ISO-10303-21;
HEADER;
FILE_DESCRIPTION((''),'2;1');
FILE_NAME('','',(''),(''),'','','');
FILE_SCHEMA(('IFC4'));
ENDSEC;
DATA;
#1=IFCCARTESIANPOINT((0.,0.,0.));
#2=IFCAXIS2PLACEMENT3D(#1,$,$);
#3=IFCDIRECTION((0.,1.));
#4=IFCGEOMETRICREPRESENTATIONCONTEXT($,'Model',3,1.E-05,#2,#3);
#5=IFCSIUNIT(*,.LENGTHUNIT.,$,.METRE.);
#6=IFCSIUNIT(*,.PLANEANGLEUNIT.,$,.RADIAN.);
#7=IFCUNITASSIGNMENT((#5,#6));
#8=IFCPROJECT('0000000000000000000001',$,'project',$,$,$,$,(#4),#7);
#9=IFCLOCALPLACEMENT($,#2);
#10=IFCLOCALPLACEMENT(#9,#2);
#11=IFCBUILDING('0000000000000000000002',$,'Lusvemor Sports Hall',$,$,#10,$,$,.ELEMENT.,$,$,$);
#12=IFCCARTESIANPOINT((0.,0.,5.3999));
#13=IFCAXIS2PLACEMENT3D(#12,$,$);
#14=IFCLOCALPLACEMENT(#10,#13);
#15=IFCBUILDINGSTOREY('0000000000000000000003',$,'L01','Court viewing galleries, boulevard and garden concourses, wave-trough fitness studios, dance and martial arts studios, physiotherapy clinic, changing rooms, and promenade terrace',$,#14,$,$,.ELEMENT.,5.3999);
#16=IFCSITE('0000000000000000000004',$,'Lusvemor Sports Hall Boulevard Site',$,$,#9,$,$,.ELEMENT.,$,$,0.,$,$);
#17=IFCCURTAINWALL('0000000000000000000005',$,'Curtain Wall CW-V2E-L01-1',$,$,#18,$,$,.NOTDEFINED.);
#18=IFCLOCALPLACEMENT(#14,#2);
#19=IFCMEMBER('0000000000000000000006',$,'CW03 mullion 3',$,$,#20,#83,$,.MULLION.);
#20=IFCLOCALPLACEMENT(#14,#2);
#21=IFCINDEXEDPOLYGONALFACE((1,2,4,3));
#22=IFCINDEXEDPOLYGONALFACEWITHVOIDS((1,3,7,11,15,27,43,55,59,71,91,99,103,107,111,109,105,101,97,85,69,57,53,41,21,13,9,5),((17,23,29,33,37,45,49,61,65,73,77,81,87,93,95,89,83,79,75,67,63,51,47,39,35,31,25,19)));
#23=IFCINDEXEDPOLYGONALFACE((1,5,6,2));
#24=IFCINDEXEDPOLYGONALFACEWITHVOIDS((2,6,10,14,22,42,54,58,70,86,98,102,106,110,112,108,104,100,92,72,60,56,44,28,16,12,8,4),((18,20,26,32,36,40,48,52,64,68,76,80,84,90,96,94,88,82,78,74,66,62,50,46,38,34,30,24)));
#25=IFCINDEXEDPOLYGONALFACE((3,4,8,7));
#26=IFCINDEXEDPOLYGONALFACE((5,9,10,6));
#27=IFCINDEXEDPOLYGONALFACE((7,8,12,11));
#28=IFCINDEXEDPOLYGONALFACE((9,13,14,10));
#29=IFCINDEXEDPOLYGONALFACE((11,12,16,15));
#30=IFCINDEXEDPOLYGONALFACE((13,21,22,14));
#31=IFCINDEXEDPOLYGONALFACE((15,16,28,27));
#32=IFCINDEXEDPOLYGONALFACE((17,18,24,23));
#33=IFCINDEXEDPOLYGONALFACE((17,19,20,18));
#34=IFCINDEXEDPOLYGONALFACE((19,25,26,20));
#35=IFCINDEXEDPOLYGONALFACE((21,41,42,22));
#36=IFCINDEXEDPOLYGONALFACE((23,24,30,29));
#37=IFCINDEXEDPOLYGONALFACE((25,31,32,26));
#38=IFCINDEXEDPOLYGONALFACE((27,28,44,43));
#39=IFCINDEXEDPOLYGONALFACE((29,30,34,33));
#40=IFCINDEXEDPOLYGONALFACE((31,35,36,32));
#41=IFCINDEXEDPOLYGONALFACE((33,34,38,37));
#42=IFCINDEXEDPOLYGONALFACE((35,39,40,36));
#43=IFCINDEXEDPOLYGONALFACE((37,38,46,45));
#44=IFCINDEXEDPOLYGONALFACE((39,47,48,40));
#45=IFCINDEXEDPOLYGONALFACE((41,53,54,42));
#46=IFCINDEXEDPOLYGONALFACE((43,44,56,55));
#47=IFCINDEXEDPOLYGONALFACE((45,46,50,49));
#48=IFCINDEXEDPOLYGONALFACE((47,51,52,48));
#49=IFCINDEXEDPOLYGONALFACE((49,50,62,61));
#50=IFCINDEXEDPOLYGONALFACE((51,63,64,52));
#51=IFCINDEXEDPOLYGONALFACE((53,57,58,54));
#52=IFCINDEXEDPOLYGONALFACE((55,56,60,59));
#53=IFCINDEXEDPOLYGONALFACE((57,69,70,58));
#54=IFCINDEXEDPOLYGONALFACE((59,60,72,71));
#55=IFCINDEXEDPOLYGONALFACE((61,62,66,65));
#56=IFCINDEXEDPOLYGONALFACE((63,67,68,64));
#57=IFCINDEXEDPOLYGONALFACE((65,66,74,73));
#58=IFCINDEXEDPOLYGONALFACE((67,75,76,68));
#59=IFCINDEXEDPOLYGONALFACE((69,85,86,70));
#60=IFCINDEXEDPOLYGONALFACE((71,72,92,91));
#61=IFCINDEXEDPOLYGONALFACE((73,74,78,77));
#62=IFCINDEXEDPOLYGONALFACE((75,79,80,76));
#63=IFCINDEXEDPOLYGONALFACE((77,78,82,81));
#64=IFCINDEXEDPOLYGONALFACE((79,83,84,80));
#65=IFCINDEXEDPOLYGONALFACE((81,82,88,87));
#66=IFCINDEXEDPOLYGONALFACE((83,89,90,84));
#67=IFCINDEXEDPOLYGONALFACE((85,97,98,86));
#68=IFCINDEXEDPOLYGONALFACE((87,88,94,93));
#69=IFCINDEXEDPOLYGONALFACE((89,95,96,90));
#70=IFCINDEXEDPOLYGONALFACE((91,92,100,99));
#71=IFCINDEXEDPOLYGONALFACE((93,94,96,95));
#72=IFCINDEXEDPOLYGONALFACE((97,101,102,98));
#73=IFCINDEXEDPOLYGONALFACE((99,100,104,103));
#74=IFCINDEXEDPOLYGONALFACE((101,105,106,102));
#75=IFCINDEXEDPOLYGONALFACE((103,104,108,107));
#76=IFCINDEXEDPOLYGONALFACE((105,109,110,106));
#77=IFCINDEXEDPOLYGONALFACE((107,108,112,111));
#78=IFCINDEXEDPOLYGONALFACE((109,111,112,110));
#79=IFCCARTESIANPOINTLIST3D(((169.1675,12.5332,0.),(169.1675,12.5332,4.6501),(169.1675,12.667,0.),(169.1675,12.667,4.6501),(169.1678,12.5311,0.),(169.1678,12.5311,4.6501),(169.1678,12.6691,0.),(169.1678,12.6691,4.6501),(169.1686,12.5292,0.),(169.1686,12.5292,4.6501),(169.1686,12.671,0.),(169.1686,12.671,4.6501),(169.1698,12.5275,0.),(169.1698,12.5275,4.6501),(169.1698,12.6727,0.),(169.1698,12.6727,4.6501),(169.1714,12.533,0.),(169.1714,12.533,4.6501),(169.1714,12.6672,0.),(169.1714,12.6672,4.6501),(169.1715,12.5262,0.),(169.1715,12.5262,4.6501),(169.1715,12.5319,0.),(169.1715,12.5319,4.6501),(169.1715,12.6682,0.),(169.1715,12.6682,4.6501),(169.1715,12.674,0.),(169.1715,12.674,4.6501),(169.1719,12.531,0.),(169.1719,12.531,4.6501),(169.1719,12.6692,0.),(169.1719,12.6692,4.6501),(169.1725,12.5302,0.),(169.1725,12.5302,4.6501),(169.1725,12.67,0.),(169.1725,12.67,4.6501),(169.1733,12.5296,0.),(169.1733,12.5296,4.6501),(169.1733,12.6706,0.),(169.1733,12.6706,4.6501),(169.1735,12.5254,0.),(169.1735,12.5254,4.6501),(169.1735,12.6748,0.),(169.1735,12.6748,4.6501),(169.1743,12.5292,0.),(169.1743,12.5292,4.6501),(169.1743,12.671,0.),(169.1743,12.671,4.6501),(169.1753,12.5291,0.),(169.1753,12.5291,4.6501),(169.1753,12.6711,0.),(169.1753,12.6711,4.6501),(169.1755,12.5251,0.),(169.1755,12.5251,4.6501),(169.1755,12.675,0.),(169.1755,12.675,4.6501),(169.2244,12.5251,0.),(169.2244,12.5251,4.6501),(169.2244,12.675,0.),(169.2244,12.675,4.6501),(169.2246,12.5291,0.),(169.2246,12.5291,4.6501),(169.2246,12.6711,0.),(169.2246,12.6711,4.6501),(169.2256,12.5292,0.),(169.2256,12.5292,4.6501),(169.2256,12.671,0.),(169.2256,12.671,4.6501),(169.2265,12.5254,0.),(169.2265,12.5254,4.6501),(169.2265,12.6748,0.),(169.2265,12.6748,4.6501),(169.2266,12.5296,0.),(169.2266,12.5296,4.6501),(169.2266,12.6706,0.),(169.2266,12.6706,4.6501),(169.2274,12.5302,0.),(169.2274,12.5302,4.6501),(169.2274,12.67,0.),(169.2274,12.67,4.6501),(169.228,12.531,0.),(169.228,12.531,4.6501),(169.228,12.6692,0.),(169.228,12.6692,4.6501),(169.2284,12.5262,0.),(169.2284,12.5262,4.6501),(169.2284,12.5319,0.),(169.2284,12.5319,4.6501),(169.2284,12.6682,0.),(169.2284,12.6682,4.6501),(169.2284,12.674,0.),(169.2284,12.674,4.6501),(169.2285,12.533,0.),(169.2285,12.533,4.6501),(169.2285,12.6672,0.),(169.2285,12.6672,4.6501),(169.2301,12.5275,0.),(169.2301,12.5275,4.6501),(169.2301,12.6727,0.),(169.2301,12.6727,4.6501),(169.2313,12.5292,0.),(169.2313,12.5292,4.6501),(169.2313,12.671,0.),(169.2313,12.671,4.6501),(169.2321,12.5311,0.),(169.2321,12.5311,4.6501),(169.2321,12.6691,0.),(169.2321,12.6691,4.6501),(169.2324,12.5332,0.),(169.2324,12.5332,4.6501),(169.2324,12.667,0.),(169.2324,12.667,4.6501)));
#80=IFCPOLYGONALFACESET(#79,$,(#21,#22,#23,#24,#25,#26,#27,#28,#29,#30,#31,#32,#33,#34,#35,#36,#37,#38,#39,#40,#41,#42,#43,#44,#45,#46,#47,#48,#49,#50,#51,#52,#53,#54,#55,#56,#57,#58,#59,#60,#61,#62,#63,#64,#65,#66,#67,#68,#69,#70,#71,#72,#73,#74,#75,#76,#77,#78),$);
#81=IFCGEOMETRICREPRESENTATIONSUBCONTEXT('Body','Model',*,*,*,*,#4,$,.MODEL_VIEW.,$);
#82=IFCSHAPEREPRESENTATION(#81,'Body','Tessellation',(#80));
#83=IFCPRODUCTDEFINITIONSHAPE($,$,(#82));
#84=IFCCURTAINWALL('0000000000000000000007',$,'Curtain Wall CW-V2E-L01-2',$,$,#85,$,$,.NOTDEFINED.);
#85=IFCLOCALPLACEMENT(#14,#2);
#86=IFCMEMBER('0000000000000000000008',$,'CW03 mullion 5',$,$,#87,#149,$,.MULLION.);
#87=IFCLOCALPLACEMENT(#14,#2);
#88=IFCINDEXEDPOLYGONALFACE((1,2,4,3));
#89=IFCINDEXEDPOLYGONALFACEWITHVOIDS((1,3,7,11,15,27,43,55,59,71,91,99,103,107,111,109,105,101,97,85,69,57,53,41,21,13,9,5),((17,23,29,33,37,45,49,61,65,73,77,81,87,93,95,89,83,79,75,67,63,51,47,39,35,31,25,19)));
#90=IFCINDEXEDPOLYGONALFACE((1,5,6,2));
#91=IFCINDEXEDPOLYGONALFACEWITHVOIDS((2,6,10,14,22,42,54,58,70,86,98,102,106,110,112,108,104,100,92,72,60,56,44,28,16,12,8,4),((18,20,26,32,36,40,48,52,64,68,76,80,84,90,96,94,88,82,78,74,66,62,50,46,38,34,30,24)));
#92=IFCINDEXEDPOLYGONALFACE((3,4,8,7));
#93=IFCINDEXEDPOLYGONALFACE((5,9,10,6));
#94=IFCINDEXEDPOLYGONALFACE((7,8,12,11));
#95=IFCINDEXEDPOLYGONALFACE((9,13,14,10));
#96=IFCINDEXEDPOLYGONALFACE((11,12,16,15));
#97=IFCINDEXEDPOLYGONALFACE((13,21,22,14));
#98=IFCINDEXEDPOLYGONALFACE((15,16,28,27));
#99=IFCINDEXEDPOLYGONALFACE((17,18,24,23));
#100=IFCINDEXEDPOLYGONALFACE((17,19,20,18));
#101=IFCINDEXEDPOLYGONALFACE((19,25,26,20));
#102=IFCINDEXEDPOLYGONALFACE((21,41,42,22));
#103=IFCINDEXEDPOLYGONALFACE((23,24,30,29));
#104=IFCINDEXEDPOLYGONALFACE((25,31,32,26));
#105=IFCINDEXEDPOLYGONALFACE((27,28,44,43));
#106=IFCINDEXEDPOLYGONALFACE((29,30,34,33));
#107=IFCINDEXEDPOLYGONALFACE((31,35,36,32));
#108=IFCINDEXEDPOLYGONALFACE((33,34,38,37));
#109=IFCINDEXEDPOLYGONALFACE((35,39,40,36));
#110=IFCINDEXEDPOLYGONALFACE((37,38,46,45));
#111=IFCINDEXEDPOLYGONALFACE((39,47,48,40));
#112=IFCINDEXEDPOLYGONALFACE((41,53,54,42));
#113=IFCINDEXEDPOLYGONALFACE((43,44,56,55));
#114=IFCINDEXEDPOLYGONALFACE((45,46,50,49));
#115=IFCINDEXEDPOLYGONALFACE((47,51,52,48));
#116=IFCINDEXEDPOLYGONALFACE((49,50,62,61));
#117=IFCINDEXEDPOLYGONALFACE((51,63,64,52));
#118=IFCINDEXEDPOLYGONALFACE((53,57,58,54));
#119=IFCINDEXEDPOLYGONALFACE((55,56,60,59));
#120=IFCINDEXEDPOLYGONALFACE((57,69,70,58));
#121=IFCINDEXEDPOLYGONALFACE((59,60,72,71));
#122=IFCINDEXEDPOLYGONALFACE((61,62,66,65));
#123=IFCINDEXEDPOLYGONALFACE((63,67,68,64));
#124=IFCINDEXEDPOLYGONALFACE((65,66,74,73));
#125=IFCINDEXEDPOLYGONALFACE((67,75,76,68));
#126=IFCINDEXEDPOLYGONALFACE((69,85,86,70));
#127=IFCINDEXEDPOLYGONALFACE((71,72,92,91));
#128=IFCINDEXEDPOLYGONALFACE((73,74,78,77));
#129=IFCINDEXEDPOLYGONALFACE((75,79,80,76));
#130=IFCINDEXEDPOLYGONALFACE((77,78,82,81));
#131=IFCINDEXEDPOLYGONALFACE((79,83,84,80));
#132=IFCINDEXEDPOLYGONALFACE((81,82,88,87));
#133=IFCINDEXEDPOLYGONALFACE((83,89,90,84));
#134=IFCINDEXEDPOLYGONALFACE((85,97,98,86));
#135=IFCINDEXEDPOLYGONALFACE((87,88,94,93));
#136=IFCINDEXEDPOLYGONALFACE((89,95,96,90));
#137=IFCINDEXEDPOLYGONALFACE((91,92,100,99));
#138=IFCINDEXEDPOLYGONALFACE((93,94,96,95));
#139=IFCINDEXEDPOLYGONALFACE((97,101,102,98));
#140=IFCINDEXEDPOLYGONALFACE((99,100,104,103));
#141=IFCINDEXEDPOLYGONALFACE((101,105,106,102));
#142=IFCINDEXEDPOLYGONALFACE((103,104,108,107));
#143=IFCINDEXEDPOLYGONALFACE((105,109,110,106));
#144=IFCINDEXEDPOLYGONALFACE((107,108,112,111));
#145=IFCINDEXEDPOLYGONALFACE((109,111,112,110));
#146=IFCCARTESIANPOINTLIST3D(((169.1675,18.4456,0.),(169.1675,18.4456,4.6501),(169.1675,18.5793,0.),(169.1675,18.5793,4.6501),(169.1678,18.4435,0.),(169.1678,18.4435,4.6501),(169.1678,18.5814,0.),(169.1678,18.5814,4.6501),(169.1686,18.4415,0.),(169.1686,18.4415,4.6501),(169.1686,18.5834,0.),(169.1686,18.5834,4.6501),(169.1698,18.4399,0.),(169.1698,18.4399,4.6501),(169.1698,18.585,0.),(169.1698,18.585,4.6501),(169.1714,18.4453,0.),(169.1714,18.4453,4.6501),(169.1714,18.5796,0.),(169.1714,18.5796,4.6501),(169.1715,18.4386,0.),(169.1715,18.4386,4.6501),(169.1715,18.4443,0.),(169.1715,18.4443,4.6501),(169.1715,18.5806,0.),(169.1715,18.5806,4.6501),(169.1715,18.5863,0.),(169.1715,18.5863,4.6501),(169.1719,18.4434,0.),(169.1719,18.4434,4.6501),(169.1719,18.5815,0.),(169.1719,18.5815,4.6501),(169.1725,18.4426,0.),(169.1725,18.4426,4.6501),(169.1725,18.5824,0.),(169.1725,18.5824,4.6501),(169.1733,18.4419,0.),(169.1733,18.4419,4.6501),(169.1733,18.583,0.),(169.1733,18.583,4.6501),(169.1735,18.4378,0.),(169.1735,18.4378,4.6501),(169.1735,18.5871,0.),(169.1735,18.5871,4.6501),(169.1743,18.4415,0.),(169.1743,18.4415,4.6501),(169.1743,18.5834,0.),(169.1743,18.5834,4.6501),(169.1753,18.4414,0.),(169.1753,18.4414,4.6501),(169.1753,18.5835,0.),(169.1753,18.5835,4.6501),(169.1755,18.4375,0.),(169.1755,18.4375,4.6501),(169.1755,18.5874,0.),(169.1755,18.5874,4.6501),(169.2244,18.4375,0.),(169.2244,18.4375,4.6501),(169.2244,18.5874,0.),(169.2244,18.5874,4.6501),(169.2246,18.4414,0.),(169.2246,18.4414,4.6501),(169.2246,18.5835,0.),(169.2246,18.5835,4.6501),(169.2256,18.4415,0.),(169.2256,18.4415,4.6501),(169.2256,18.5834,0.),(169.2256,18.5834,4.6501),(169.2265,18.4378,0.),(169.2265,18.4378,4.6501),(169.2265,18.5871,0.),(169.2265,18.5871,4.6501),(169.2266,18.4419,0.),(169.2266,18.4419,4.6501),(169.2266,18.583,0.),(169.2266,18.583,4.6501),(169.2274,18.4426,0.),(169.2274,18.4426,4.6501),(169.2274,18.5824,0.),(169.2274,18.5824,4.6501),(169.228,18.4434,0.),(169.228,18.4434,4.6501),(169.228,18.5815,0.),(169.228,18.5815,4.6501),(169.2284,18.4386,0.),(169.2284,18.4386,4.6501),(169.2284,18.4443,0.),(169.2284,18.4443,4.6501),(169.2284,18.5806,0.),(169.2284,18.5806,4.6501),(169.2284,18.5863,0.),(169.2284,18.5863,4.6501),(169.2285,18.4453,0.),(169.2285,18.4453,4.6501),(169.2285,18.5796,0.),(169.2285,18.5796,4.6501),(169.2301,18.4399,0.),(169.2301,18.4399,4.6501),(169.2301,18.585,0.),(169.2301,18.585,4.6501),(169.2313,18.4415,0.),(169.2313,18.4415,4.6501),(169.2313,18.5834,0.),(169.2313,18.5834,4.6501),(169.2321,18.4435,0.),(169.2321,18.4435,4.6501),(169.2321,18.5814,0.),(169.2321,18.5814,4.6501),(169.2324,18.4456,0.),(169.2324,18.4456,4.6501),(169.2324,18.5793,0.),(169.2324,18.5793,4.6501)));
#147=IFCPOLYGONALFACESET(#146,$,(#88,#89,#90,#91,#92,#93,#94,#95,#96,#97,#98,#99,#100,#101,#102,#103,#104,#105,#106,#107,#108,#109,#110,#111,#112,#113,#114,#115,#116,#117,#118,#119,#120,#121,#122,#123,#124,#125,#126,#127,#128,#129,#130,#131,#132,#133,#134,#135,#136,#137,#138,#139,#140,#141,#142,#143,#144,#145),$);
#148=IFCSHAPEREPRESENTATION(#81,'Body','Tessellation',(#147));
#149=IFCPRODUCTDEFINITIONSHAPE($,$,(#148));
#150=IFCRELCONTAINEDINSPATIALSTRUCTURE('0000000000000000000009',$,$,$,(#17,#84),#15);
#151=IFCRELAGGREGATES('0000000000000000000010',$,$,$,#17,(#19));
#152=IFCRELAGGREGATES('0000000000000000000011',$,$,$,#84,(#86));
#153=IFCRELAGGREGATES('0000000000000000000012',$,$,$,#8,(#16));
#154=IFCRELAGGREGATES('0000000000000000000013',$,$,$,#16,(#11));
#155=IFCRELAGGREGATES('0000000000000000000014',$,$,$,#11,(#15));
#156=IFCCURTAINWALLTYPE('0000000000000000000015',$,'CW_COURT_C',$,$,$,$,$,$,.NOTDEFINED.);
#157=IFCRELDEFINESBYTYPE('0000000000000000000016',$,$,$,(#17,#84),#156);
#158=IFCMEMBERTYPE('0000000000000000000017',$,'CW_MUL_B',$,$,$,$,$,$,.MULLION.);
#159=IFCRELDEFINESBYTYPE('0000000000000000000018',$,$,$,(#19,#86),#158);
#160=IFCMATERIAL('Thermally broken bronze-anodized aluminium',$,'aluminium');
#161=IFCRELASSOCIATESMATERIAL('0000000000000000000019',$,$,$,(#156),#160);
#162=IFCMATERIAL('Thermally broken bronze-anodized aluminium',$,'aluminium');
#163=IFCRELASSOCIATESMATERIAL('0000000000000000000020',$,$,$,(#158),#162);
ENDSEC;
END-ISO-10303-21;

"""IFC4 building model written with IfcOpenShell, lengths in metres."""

from ifc_helpers import new_model, si_unit, direction, frame, origin, origin_2d, place, context, subcontext, project, spatial, hollow_rectangle, extrude, material, material_profile, profile_set, type_object, element, aggregate, save


model = new_model("IFC4")

# Units and contexts
model_context = context("Model", 3, precision=1e-05, world=origin(), true_north=direction((0.0, 1.0)))
body_context = subcontext(model_context, "Body", "Model", "MODEL_VIEW")
ifc_project = project(units=[si_unit("LENGTHUNIT", "METRE"), si_unit("PLANEANGLEUNIT", "RADIAN")], contexts=[model_context])

# Site, building, storey
site_placement = place(None, origin())
site = spatial("IfcSite", under=ifc_project, at=site_placement, Name="Lusvemor Sports Hall Boulevard Site", CompositionType="ELEMENT", RefElevation=0.0)
building_placement = place(site_placement, origin())
building = spatial("IfcBuilding", under=site, at=building_placement, Name="Lusvemor Sports Hall", CompositionType="ELEMENT")
storey_placement = place(building_placement, frame((0.0, 0.0, 5.3999)))
storey = spatial("IfcBuildingStorey", under=building, at=storey_placement, Name="L01", Description="Court viewing galleries, boulevard and garden concourses, wave-trough fitness studios, dance and martial arts studios, physiotherapy clinic, changing rooms, and promenade terrace", CompositionType="ELEMENT", Elevation=5.3999)

# Curtain wall, member
ifc_material_1 = material(Name="Thermally broken bronze-anodized aluminium", Category="aluminium")
curtain_wall_type = type_object("IfcCurtainWallType", Name="CW_COURT_C", PredefinedType="NOTDEFINED", material=ifc_material_1)
curtain_wall_1_placement = place(storey_placement, origin())
curtain_wall_1 = element("IfcCurtainWall", 1, at=curtain_wall_1_placement, inside=storey, type_object=curtain_wall_type, Name="Curtain Wall CW-V2E-L01-1", PredefinedType="NOTDEFINED")
ifc_material_2 = material(Name="Thermally broken bronze-anodized aluminium", Category="aluminium")
ifc_material_profile_1 = material_profile(ifc_material_2, hollow_rectangle(XDim=0.0649, YDim=0.1499, WallThickness=0.0039, InnerFilletRadius=0.0039, OuterFilletRadius=0.0081, at=origin_2d()), Name="CWMUL150x65x4")
ifc_profile_set_1 = profile_set([ifc_material_profile_1], Name="Thermally broken bronze-anodized aluminium")
member_type_1 = type_object("IfcMemberType", Name="CW_MUL_B", PredefinedType="MULLION", material=ifc_profile_set_1)
member_1_placement = place(storey_placement, frame((169.2, 12.6001, 0.0), z_axis=(0.0, 0.0, 1.0), x_axis=(1.0, 0.0, 0.0)))
member_1 = element("IfcMember", 2, at=member_1_placement, type_object=member_type_1, Name="CW03 mullion 3", PredefinedType="MULLION", context=body_context, shape_type="SweptSolid", body=[
    extrude(hollow_rectangle(XDim=0.0649, YDim=0.1499, WallThickness=0.0039, InnerFilletRadius=0.0039, OuterFilletRadius=0.0081, at=origin_2d()), origin(), (0.0, 0.0, 1.0), 4.6501),
])

# Curtain wall, member
curtain_wall_2_placement = place(storey_placement, origin())
curtain_wall_2 = element("IfcCurtainWall", 3, at=curtain_wall_2_placement, inside=storey, type_object=curtain_wall_type, Name="Curtain Wall CW-V2E-L01-2", PredefinedType="NOTDEFINED")
member_2_placement = place(storey_placement, frame((169.2, 18.5125, 0.0), z_axis=(0.0, 0.0, 1.0), x_axis=(1.0, 0.0, 0.0)))
member_2 = element("IfcMember", 4, at=member_2_placement, type_object=member_type_1, Name="CW03 mullion 5", PredefinedType="MULLION", context=body_context, shape_type="SweptSolid", body=[
    extrude(hollow_rectangle(XDim=0.0649, YDim=0.1499, WallThickness=0.0039, InnerFilletRadius=0.0039, OuterFilletRadius=0.0081, at=origin_2d()), origin(), (0.0, 0.0, 1.0), 4.6501),
])

aggregate(curtain_wall_1, [member_1])
aggregate(curtain_wall_2, [member_2])

save(model, "model.ifc")
